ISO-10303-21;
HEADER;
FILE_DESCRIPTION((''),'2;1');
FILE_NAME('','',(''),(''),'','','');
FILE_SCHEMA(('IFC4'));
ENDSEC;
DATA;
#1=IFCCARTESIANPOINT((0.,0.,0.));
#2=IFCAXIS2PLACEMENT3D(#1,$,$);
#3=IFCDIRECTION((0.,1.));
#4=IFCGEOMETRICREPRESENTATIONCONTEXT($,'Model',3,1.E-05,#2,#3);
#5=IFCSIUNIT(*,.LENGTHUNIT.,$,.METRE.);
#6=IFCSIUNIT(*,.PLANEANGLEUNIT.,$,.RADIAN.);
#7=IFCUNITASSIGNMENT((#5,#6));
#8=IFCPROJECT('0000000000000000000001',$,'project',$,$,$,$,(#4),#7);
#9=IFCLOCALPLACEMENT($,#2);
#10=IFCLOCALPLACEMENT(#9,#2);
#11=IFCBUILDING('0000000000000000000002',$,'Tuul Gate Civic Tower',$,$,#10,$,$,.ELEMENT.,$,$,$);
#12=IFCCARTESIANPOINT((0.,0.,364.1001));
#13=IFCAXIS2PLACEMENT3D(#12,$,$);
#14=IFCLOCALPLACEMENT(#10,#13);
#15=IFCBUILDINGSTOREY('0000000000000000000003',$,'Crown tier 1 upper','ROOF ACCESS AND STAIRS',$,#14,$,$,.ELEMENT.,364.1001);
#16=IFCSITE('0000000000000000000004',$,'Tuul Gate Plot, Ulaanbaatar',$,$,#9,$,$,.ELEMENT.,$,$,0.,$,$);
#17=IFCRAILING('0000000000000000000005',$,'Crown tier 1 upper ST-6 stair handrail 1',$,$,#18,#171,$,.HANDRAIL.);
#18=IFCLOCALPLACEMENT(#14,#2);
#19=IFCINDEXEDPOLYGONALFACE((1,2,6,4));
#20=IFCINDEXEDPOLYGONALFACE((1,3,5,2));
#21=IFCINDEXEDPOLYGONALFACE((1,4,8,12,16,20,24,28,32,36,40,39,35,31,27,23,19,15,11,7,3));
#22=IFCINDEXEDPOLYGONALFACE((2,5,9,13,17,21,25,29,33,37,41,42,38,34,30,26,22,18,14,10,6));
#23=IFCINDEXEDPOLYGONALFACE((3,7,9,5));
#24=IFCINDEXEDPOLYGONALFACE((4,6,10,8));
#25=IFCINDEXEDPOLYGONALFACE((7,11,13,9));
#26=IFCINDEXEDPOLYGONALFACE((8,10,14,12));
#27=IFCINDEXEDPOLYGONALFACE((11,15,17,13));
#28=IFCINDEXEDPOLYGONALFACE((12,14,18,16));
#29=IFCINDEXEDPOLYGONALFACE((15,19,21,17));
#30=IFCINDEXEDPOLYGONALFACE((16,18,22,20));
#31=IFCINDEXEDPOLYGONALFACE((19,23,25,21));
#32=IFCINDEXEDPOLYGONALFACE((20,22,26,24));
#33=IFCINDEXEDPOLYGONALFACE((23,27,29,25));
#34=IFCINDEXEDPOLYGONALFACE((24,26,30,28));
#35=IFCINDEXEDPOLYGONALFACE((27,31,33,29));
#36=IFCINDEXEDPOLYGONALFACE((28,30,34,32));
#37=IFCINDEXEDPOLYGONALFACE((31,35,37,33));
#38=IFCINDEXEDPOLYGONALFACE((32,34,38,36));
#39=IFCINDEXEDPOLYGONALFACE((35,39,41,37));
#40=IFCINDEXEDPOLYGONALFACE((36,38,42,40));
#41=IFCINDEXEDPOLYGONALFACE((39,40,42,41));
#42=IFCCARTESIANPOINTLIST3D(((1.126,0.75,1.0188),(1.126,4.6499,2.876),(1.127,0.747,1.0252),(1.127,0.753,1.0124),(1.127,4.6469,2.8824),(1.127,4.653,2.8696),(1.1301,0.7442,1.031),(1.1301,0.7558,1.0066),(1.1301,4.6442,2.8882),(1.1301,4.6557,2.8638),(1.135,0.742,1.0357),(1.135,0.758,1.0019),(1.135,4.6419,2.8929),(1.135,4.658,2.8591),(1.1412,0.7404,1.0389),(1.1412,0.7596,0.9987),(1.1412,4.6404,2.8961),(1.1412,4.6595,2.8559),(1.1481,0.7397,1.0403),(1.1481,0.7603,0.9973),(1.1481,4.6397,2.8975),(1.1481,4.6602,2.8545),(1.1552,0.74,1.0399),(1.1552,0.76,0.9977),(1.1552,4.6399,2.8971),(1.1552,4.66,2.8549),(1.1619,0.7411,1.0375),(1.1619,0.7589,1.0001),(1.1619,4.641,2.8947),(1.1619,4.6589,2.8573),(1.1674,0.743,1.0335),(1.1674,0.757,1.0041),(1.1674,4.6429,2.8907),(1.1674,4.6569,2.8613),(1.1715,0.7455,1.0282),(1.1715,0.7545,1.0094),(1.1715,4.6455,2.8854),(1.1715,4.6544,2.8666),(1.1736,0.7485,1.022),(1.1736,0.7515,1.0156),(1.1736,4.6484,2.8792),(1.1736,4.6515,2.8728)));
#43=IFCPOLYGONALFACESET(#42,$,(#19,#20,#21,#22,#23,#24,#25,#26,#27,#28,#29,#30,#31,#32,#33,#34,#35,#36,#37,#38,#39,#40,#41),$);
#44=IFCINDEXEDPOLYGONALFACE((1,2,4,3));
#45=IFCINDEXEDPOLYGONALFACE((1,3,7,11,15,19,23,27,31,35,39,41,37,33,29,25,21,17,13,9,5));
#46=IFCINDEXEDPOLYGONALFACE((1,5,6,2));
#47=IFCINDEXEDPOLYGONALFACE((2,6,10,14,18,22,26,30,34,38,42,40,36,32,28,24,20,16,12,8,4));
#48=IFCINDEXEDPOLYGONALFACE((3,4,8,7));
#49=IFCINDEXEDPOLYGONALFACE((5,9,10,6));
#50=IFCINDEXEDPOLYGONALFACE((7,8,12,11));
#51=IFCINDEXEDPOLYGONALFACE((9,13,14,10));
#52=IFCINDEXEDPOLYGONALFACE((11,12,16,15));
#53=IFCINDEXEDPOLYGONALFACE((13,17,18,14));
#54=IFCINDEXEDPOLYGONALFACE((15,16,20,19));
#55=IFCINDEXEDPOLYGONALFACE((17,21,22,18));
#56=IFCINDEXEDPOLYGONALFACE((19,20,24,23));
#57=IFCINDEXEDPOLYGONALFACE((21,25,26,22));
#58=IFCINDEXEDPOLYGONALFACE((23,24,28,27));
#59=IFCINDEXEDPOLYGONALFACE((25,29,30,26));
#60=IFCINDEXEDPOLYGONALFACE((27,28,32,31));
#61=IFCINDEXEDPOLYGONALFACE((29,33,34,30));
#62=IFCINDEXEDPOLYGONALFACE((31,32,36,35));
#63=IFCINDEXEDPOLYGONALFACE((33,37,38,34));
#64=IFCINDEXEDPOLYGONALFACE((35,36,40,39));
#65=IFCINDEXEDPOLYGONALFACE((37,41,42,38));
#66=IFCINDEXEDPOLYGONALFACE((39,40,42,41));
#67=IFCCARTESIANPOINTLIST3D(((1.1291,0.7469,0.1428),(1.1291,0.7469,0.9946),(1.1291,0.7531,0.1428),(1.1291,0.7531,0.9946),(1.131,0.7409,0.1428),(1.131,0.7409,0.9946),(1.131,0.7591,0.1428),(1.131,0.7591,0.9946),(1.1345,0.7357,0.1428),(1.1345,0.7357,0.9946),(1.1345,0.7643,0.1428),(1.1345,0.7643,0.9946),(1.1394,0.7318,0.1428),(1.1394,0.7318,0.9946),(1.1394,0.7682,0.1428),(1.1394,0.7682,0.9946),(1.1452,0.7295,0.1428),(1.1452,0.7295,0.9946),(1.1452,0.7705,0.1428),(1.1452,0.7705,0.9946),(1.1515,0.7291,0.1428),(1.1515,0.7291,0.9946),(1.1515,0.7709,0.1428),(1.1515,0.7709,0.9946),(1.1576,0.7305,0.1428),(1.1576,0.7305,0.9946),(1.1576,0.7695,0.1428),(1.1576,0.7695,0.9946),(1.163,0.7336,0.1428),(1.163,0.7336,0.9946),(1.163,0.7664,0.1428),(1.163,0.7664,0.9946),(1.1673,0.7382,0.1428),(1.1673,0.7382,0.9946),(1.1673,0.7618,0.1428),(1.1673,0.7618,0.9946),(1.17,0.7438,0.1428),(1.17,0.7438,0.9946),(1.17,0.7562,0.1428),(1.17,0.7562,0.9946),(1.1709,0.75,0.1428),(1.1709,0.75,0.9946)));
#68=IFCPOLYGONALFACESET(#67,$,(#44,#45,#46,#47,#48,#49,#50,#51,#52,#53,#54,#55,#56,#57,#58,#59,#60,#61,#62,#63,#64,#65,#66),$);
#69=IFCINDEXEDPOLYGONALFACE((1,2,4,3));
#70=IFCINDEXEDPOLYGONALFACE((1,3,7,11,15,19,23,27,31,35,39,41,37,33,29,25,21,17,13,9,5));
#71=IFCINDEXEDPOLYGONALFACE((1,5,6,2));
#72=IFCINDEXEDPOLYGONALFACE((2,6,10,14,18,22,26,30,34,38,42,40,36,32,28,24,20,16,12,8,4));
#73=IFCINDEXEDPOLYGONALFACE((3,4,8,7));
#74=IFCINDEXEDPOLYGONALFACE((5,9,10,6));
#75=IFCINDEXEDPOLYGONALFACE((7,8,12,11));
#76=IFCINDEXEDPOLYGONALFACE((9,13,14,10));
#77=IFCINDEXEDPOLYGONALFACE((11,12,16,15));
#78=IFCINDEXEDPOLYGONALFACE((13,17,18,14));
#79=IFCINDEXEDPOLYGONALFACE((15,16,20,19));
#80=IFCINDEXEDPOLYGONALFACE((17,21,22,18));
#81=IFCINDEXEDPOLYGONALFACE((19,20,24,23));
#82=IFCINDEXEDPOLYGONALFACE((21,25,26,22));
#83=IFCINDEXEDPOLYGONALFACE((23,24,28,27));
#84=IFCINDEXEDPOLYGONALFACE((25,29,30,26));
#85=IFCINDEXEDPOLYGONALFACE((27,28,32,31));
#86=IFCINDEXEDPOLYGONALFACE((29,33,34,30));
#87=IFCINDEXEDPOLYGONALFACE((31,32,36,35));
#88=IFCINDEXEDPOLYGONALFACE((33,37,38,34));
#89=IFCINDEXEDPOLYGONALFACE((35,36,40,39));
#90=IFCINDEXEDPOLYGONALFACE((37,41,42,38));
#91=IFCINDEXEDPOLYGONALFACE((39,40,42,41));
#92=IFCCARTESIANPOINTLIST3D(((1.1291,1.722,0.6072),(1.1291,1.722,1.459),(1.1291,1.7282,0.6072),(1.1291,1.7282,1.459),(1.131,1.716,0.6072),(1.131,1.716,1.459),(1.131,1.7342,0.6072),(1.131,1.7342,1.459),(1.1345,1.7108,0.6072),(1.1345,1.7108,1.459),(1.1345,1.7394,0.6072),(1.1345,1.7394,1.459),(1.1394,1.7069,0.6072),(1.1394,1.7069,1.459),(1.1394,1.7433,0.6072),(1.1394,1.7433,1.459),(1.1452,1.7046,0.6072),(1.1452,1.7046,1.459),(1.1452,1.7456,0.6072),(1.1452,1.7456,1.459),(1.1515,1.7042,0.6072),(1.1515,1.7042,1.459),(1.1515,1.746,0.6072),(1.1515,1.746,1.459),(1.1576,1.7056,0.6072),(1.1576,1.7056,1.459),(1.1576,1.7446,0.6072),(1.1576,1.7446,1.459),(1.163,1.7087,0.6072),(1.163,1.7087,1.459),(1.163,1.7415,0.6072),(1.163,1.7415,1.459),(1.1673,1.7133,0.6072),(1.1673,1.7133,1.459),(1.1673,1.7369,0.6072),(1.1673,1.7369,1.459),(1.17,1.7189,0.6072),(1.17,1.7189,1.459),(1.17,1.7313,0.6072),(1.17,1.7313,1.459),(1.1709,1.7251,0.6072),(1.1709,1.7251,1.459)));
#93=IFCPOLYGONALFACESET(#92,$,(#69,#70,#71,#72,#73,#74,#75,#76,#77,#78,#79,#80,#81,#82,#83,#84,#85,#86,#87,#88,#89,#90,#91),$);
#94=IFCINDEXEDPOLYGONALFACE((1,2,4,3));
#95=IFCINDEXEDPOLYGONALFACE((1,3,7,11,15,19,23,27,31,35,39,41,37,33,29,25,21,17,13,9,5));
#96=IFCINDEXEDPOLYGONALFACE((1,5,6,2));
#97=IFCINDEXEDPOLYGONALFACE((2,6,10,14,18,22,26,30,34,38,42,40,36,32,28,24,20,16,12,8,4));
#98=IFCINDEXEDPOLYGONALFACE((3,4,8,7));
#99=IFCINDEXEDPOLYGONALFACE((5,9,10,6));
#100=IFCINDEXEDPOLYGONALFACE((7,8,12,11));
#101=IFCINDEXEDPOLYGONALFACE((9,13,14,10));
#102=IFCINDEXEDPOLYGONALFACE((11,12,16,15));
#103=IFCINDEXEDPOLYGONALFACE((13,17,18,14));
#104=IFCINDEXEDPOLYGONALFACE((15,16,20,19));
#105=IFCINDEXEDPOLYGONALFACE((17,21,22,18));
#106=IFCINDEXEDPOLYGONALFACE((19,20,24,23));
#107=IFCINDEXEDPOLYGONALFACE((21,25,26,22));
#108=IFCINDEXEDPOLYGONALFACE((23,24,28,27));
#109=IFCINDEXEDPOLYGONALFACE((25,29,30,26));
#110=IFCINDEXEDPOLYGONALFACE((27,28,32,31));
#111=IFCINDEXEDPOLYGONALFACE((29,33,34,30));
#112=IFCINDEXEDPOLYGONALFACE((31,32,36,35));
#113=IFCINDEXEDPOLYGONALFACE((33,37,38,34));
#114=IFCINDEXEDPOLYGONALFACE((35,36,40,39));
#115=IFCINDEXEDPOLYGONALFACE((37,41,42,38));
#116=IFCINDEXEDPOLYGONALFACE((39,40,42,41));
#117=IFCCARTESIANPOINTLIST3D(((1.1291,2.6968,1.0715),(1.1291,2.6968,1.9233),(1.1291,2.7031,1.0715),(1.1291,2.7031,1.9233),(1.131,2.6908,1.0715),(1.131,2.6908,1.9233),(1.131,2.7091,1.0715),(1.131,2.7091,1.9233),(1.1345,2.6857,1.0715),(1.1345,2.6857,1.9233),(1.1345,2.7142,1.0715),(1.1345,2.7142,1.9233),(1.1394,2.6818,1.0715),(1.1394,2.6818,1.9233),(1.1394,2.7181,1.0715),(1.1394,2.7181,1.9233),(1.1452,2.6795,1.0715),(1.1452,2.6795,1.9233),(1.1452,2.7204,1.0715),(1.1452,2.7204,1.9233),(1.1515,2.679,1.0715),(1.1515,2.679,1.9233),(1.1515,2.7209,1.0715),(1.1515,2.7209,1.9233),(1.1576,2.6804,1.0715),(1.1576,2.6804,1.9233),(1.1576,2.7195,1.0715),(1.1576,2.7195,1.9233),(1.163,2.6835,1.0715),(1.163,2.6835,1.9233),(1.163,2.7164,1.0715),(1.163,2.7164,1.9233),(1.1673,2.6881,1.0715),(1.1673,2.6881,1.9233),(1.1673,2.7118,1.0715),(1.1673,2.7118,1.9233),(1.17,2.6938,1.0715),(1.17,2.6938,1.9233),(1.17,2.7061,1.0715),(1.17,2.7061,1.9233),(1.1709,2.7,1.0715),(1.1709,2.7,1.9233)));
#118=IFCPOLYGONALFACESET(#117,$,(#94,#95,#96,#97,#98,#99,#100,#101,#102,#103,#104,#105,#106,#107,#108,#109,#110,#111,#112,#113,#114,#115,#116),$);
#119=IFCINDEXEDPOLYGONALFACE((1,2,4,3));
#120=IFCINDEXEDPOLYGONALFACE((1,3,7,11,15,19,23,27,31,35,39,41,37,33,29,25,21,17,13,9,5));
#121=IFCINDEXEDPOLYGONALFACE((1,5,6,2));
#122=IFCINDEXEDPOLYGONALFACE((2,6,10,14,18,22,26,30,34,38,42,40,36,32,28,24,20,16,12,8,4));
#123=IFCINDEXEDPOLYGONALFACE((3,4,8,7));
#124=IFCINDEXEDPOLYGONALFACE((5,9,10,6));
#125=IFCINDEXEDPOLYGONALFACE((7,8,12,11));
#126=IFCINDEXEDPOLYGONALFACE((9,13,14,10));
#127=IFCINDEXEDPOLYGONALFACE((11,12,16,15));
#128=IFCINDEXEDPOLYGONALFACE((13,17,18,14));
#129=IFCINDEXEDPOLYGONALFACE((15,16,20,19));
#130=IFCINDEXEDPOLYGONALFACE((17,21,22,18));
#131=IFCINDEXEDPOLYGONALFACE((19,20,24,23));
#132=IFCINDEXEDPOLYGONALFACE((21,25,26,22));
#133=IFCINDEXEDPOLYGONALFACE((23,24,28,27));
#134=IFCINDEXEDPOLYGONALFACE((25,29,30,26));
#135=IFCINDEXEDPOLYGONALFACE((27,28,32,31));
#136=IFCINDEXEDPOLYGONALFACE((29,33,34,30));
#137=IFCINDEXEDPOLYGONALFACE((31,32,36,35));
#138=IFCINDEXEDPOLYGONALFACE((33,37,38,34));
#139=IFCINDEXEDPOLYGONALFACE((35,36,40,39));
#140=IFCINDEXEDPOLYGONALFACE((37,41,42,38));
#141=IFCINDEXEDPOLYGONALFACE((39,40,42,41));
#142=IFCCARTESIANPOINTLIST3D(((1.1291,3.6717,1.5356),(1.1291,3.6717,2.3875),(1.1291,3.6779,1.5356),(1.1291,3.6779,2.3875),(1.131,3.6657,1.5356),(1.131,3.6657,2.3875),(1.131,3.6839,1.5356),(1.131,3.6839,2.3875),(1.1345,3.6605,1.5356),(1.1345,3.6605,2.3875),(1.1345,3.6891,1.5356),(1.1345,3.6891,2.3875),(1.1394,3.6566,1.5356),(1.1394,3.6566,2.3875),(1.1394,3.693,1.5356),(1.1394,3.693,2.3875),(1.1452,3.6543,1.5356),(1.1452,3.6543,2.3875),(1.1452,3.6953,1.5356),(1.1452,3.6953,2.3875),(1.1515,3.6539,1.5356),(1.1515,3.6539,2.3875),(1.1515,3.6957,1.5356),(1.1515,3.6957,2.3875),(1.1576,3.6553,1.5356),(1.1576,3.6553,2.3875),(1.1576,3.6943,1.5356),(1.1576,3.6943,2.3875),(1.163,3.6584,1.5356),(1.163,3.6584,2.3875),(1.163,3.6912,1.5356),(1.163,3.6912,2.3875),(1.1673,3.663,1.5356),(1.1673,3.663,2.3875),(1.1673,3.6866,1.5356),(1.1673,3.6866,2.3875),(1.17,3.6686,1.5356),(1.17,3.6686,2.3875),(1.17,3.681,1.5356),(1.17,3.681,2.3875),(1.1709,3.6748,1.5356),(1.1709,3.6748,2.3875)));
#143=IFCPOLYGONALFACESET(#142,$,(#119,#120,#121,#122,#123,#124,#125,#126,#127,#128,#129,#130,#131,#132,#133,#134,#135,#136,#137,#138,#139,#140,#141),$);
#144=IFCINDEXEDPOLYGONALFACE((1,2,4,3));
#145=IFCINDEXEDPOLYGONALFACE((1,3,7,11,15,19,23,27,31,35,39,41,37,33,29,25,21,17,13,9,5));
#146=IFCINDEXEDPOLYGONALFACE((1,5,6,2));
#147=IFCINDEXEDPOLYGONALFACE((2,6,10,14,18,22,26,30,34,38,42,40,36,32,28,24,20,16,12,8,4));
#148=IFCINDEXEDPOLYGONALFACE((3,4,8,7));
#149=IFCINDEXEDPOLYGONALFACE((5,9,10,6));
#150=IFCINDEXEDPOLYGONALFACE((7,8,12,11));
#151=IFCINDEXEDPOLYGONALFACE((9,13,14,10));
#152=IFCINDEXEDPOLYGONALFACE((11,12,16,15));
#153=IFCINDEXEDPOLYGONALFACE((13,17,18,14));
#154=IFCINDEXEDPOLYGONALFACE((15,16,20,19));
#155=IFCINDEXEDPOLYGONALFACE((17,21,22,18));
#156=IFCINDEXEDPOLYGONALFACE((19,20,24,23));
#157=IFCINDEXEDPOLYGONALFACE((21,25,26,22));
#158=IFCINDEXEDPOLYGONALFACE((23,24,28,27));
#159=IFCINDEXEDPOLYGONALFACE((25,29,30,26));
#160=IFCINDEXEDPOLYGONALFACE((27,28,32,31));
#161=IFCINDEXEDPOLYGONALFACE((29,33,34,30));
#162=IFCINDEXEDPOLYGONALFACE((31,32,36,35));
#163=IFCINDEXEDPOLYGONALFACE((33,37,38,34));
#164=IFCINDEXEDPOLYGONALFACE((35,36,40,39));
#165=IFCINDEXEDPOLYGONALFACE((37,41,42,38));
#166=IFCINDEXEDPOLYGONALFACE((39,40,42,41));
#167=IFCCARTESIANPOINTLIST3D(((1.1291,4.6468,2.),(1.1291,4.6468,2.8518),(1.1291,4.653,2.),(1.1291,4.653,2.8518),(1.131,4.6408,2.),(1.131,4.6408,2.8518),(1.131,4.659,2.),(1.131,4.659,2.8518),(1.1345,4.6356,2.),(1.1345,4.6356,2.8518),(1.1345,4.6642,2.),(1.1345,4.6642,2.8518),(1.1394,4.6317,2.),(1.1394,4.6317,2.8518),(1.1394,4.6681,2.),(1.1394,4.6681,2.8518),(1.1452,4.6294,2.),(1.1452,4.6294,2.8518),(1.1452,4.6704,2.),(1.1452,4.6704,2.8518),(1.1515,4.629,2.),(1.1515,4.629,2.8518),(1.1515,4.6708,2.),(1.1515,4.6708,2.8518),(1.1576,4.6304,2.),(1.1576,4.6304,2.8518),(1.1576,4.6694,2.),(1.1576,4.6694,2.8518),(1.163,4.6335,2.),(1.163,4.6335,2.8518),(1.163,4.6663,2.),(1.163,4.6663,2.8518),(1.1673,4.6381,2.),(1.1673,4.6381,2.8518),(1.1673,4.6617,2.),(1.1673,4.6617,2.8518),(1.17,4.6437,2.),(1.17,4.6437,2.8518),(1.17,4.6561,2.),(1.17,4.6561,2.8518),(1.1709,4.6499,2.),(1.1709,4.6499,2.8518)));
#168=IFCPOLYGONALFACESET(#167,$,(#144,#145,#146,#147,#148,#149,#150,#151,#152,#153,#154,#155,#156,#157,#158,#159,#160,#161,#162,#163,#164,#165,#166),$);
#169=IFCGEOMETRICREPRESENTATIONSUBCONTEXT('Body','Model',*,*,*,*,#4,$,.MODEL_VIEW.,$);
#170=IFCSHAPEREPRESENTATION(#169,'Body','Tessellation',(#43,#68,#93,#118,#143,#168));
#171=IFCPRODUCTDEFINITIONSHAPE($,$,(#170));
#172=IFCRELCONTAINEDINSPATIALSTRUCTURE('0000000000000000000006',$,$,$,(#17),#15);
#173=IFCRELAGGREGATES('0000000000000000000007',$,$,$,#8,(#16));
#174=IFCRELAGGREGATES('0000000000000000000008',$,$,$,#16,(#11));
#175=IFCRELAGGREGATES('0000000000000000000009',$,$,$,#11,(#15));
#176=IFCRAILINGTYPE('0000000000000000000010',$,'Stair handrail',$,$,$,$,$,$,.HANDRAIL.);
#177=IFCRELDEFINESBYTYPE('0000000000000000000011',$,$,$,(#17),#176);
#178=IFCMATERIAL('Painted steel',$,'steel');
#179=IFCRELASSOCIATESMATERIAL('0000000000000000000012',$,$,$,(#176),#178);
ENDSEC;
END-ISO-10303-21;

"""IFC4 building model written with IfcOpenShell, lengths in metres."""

from ifc_helpers import new_model, si_unit, direction, frame, origin, origin_2d, place, context, subcontext, project, spatial, circle, extrude, material, type_object, element, save


model = new_model("IFC4")

# Units and contexts
model_context = context("Model", 3, precision=1e-05, world=origin(), true_north=direction((0.0, 1.0)))
body_context = subcontext(model_context, "Body", "Model", "MODEL_VIEW")
ifc_project = project(units=[si_unit("LENGTHUNIT", "METRE"), si_unit("PLANEANGLEUNIT", "RADIAN")], contexts=[model_context])

# Site, building, storey
site_placement = place(None, origin())
site = spatial("IfcSite", under=ifc_project, at=site_placement, Name="Tuul Gate Plot, Ulaanbaatar", CompositionType="ELEMENT", RefElevation=0.0)
building_placement = place(site_placement, origin())
building = spatial("IfcBuilding", under=site, at=building_placement, Name="Tuul Gate Civic Tower", CompositionType="ELEMENT")
storey_placement = place(building_placement, frame((0.0, 0.0, 364.1001)))
storey = spatial("IfcBuildingStorey", under=building, at=storey_placement, Name="Crown tier 1 upper", Description="ROOF ACCESS AND STAIRS", CompositionType="ELEMENT", Elevation=364.1001)

# Railing
ifc_material_1 = material(Name="Painted steel", Category="steel")
railing_type_1 = type_object("IfcRailingType", Name="Stair handrail", PredefinedType="HANDRAIL", material=ifc_material_1)
for number, where, name in (
    (1, (1.1499, 0.75, 0.1428), "Crown tier 1 upper ST-6 stair handrail 1"),
):
    element("IfcRailing", number, at=place(storey_placement, frame(where)), inside=storey, type_object=railing_type_1, Name=name, PredefinedType="HANDRAIL", context=body_context, shape_type="SweptSolid", body=[
        extrude(circle(Radius=0.0239, at=origin_2d()), frame((0.0, 0.0, 0.876), z_axis=(0.0, 0.902853, 0.429949), x_axis=(-1.0, 0.0, 0.0)), (0.0, 0.0, 1.0), 4.3196),
        extrude(circle(Radius=0.021, at=origin_2d()), origin(), (0.0, 0.0, 1.0), 0.8518),
        extrude(circle(Radius=0.021, at=origin_2d()), frame((0.0, 0.9751, 0.4644)), (0.0, 0.0, 1.0), 0.8518),
        extrude(circle(Radius=0.021, at=origin_2d()), frame((0.0, 1.95, 0.9287)), (0.0, 0.0, 1.0), 0.8518),
        extrude(circle(Radius=0.021, at=origin_2d()), frame((0.0, 2.9248, 1.3928)), (0.0, 0.0, 1.0), 0.8518),
        extrude(circle(Radius=0.021, at=origin_2d()), frame((0.0, 3.8999, 1.8572)), (0.0, 0.0, 1.0), 0.8518),
    ])

save(model, "model.ifc")
